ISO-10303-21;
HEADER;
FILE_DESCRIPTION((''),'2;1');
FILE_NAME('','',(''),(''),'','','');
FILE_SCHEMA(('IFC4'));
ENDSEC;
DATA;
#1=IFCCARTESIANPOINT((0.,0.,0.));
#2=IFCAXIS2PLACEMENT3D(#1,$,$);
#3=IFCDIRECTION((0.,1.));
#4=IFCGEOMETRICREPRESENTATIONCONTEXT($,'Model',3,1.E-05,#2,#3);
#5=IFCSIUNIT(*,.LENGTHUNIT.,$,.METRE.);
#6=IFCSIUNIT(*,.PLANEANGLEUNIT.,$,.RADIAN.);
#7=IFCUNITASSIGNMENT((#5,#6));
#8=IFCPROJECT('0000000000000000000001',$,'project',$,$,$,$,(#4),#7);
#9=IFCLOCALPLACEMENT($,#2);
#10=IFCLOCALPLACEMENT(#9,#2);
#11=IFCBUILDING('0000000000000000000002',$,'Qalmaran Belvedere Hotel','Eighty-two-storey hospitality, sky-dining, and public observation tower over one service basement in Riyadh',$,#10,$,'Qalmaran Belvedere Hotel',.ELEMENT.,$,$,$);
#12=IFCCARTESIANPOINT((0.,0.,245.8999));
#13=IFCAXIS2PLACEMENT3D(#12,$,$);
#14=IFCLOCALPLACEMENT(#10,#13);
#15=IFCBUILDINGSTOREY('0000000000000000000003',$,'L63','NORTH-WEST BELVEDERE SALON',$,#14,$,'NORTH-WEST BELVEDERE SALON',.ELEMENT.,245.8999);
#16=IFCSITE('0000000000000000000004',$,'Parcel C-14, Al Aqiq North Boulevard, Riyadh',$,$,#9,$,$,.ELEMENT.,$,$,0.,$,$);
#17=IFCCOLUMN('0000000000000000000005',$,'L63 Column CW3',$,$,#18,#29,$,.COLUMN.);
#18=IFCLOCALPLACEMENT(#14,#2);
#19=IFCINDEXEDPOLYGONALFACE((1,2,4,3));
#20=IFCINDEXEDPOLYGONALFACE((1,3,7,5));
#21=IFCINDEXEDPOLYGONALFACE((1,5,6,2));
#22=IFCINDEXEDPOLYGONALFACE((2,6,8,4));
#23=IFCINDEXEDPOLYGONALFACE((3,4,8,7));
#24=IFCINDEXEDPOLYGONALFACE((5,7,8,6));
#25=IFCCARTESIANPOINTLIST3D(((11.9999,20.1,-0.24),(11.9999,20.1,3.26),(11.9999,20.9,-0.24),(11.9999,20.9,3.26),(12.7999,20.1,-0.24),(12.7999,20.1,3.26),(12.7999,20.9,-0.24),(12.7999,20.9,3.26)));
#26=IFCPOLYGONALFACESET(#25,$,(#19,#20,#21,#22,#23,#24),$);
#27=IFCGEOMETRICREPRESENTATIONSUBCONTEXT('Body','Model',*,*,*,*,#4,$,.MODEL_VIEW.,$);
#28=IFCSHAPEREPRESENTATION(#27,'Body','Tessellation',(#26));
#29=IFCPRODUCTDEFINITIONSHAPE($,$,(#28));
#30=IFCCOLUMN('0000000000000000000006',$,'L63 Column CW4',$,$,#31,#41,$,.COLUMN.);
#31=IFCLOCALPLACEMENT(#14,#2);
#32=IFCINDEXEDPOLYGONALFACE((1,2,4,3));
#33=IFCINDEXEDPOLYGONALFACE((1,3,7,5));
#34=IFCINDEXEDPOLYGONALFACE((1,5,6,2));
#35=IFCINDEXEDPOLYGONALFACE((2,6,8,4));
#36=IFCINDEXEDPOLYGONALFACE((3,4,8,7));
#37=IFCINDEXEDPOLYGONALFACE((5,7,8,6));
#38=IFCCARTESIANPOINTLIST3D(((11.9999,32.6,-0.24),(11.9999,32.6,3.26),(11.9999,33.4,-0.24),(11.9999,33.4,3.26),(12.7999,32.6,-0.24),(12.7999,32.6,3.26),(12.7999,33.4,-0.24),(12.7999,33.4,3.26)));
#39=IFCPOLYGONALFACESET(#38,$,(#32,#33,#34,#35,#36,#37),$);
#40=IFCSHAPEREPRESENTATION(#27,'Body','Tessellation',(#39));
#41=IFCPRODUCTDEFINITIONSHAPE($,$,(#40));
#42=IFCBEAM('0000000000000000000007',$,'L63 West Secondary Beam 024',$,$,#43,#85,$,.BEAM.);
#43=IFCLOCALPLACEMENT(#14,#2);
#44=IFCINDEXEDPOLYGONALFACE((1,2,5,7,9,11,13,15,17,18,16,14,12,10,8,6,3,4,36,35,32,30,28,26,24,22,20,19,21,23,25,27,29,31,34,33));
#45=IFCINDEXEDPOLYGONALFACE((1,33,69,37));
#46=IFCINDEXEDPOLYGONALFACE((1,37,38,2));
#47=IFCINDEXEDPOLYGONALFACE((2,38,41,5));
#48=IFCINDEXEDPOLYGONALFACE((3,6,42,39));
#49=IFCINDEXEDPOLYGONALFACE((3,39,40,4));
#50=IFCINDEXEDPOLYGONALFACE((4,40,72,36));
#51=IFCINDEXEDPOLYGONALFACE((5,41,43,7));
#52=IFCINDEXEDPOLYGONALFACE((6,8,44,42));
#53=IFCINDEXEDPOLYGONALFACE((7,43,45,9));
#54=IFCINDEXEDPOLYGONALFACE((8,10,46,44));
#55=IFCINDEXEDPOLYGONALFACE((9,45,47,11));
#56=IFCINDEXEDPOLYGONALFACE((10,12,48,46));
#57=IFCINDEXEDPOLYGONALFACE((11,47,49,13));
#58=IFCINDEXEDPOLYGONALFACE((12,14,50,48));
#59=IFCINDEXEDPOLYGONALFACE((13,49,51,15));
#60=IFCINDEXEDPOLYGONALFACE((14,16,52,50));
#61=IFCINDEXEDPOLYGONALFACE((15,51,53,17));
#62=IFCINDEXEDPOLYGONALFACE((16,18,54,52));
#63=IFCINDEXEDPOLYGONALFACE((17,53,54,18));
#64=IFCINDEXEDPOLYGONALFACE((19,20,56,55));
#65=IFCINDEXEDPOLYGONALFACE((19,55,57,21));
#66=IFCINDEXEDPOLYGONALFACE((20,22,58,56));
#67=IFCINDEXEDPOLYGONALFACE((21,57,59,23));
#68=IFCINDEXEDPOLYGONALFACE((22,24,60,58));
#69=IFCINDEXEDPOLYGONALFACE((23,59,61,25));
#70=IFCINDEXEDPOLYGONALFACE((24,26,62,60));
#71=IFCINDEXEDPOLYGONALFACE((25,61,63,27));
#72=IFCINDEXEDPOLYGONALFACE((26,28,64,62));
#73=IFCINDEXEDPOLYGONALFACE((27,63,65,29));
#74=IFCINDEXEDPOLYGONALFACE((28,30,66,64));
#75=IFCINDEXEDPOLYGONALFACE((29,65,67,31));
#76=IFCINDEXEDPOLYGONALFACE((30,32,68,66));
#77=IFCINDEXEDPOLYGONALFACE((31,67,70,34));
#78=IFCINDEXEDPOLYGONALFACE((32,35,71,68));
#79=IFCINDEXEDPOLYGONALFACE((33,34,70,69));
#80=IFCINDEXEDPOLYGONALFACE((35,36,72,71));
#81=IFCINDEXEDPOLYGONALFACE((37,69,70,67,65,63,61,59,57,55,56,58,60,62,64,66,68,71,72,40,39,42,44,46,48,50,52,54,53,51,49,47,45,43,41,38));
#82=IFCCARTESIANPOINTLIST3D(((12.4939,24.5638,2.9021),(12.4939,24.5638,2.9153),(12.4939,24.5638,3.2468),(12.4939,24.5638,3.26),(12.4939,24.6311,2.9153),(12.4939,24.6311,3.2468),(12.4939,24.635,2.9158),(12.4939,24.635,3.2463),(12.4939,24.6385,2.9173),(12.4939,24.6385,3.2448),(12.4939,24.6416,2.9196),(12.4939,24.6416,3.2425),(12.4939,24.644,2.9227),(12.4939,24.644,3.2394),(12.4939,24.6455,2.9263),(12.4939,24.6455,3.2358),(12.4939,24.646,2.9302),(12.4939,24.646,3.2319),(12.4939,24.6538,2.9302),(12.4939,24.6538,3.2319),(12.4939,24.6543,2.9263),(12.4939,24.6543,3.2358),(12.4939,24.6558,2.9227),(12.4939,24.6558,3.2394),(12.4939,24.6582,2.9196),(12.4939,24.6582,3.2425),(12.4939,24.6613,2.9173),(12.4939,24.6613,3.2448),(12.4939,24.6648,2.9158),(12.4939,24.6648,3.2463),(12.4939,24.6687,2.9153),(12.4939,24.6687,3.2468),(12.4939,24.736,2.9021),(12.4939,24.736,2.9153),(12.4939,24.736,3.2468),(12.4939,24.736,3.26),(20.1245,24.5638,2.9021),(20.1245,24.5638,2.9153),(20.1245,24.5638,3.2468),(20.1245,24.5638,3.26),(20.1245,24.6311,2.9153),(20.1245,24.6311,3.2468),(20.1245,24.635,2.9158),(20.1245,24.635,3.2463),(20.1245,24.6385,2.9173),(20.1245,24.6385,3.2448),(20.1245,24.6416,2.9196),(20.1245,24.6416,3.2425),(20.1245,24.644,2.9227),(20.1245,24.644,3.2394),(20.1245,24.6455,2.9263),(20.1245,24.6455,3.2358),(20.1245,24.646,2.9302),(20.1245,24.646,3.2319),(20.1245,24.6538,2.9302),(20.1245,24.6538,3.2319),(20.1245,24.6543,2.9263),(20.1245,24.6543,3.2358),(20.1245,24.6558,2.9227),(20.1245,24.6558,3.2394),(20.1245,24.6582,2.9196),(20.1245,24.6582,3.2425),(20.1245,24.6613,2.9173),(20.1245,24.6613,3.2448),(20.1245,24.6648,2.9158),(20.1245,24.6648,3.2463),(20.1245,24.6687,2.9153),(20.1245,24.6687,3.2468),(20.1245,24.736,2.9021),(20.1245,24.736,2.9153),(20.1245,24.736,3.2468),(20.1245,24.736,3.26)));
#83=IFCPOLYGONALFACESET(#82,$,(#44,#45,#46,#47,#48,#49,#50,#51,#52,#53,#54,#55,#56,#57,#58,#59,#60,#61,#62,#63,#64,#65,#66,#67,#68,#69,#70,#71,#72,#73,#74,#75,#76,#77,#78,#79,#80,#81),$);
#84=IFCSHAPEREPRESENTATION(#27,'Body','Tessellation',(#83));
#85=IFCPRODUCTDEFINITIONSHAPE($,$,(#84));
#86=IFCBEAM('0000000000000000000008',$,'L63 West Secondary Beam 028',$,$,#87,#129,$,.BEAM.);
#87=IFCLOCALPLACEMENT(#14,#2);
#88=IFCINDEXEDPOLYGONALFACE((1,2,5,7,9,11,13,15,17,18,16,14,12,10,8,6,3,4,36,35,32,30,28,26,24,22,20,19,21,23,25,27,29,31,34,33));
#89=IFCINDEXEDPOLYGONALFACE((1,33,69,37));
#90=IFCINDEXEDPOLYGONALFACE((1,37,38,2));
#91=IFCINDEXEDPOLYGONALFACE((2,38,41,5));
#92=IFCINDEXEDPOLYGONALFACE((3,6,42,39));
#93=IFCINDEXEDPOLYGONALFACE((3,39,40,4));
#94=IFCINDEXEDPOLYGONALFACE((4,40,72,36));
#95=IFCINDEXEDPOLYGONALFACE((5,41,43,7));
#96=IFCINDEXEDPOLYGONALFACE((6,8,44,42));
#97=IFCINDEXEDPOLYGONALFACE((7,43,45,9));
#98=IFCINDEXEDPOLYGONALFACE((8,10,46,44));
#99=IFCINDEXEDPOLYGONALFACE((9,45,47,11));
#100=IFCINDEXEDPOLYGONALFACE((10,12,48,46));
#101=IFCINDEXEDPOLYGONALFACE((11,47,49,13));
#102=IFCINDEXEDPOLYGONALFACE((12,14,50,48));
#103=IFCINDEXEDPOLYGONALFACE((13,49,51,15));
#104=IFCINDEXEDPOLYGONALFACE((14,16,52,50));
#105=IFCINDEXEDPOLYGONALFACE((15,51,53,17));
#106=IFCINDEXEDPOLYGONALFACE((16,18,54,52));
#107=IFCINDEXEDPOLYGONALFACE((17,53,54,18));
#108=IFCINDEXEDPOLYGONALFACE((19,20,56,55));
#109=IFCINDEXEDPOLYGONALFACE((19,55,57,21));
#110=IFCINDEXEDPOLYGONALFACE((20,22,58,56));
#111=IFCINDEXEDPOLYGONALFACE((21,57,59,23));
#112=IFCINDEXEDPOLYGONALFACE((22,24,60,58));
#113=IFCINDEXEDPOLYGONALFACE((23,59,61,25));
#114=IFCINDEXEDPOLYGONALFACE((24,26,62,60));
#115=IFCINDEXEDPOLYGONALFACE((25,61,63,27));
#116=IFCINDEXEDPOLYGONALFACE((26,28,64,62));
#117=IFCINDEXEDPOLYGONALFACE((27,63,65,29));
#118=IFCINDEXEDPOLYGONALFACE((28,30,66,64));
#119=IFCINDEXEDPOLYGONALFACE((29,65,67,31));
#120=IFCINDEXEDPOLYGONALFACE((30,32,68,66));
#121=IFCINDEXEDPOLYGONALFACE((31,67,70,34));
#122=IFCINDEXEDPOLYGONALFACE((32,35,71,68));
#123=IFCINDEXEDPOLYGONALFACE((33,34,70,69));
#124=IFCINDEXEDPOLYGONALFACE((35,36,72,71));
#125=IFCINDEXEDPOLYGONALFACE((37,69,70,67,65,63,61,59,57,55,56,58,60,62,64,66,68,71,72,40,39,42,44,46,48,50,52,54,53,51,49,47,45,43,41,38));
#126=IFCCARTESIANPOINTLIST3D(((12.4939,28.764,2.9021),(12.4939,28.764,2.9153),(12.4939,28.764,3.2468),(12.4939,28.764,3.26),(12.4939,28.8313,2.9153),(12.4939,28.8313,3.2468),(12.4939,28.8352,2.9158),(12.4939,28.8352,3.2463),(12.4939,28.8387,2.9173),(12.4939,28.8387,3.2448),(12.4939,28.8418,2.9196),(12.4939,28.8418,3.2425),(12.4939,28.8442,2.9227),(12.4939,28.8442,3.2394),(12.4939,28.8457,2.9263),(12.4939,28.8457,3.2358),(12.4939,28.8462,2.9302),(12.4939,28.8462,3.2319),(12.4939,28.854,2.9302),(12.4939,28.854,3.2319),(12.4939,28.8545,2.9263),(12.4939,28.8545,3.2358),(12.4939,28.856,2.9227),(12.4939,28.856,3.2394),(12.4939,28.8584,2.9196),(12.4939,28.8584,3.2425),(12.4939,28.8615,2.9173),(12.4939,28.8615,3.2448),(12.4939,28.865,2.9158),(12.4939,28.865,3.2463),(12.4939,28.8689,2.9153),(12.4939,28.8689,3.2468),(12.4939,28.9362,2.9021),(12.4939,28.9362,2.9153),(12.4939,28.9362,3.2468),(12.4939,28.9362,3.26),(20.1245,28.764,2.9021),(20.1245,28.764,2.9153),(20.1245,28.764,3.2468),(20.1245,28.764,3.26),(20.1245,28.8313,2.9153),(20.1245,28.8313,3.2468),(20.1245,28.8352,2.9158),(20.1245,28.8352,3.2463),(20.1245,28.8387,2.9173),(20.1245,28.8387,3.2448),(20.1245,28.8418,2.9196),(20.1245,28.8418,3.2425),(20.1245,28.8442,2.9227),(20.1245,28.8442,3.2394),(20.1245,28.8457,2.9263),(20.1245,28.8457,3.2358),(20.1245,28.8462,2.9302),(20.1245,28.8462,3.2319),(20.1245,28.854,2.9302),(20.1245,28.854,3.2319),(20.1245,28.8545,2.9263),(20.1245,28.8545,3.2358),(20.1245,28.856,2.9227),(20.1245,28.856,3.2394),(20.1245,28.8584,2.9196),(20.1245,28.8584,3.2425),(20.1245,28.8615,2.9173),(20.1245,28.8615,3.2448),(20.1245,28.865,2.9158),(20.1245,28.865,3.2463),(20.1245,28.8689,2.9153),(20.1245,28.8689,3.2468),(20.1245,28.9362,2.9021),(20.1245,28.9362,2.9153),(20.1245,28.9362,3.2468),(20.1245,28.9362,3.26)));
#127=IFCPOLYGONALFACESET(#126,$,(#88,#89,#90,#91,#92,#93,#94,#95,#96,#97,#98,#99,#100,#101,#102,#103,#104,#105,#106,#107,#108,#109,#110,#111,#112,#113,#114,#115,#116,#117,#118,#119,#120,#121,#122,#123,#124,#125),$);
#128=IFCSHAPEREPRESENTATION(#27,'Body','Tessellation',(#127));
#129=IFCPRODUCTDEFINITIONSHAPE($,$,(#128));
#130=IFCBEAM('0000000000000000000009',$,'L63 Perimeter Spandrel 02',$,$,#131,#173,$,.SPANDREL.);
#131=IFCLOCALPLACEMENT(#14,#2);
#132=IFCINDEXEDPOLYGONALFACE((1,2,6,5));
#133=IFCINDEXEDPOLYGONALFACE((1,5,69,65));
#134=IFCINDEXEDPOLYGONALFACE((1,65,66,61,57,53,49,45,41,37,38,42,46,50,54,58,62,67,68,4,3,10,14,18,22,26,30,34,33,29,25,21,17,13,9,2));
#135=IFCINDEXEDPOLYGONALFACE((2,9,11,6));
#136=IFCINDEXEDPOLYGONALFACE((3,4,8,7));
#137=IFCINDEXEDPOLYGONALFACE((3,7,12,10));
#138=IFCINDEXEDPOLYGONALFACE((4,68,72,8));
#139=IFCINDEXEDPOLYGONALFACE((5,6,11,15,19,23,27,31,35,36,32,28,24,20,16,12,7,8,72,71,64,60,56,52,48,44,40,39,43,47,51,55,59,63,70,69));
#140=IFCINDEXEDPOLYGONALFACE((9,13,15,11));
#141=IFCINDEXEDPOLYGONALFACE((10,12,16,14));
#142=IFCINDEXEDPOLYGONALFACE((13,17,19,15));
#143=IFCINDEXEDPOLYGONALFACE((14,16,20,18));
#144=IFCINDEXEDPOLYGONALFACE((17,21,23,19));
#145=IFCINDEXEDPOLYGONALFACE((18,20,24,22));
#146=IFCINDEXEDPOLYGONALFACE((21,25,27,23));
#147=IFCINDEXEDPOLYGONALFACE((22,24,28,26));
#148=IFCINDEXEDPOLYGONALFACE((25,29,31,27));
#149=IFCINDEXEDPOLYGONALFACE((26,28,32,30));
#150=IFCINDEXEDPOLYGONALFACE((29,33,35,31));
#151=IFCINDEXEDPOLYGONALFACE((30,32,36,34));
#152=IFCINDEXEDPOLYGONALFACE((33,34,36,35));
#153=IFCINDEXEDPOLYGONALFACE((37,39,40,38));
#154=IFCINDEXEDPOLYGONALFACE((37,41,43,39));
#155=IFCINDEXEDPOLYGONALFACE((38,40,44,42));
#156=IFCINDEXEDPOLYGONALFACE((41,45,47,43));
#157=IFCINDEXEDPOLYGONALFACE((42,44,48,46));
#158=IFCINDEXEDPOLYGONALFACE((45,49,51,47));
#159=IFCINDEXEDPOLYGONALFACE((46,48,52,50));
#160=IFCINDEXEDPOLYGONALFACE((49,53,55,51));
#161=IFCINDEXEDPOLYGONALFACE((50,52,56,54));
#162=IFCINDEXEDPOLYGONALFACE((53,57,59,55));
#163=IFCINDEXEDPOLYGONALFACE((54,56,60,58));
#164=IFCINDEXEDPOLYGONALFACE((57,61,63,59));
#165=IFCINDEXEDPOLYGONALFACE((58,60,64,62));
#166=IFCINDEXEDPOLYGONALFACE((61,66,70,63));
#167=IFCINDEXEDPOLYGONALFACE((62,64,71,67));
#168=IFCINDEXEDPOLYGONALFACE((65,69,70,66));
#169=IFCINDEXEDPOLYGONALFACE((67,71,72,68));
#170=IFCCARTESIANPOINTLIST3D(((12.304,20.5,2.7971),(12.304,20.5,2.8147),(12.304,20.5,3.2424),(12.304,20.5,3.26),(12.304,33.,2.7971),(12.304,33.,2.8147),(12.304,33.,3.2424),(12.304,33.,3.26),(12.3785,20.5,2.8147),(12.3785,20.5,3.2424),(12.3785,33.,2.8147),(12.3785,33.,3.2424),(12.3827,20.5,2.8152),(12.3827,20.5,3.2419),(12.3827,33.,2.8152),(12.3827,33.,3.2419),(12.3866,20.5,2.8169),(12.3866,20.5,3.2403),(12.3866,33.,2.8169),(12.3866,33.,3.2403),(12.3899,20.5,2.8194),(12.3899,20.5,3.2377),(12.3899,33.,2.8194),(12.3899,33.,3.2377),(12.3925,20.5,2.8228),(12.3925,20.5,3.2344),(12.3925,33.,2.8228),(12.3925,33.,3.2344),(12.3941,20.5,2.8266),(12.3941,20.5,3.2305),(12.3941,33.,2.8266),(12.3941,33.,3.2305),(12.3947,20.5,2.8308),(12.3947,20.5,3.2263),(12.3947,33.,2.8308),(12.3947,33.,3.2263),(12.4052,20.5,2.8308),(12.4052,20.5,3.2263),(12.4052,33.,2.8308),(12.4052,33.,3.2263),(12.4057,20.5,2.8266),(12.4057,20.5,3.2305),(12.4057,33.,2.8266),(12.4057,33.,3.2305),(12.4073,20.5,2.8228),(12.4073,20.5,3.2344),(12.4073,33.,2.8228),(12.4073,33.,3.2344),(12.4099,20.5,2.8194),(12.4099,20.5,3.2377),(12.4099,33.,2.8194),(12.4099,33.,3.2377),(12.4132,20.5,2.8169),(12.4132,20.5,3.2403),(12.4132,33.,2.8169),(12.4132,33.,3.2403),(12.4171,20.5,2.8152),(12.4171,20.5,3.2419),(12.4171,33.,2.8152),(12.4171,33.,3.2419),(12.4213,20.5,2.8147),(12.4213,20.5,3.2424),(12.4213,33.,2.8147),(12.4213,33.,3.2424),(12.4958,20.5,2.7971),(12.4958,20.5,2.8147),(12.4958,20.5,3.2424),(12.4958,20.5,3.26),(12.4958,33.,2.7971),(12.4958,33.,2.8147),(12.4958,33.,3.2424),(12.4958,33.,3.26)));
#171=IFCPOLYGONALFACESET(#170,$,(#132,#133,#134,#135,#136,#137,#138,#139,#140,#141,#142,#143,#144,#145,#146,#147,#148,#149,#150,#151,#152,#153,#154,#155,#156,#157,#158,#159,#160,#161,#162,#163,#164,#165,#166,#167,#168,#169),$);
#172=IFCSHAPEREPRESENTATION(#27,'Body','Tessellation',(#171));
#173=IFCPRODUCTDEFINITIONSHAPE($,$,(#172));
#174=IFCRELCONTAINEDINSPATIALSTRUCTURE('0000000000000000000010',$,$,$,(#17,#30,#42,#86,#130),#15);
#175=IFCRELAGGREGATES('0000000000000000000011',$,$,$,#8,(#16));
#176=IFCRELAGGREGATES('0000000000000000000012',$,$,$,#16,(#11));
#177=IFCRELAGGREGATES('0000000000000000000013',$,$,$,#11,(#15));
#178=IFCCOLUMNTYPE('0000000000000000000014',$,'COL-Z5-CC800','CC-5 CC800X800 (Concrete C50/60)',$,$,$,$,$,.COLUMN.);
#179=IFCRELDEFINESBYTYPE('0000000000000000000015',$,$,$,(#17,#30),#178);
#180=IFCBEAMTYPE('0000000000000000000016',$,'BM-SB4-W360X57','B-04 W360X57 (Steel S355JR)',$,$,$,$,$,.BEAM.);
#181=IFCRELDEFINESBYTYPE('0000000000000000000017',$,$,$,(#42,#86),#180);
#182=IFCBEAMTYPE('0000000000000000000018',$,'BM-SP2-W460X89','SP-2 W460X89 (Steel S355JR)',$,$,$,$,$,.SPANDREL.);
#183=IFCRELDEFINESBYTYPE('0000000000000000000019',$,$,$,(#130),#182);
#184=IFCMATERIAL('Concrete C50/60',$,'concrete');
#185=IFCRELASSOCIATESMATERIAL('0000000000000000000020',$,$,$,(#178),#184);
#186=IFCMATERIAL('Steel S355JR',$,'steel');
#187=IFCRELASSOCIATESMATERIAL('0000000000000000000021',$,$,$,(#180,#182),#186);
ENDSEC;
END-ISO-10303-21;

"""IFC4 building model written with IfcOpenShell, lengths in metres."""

from ifc_helpers import new_model, si_unit, direction, frame, origin, origin_2d, place, context, subcontext, project, spatial, rectangle, i_section, extrude, material, material_profile, profile_set, type_object, element, save


model = new_model("IFC4")

# Units and contexts
model_context = context("Model", 3, precision=1e-05, world=origin(), true_north=direction((0.0, 1.0)))
body_context = subcontext(model_context, "Body", "Model", "MODEL_VIEW")
ifc_project = project(units=[si_unit("LENGTHUNIT", "METRE"), si_unit("PLANEANGLEUNIT", "RADIAN")], contexts=[model_context])

# Site, building, storey
site_placement = place(None, origin())
site = spatial("IfcSite", under=ifc_project, at=site_placement, Name="Parcel C-14, Al Aqiq North Boulevard, Riyadh", CompositionType="ELEMENT", RefElevation=0.0)
building_placement = place(site_placement, origin())
building = spatial("IfcBuilding", under=site, at=building_placement, Name="Qalmaran Belvedere Hotel", Description="Eighty-two-storey hospitality, sky-dining, and public observation tower over one service basement in Riyadh", LongName="Qalmaran Belvedere Hotel", CompositionType="ELEMENT")
storey_placement = place(building_placement, frame((0.0, 0.0, 245.8999)))
storey = spatial("IfcBuildingStorey", under=building, at=storey_placement, Name="L63", Description="NORTH-WEST BELVEDERE SALON", LongName="NORTH-WEST BELVEDERE SALON", CompositionType="ELEMENT", Elevation=245.8999)

# Columns
ifc_material_1 = material(Name="Concrete C50/60", Category="concrete")
ifc_material_profile_1 = material_profile(ifc_material_1, rectangle(XDim=0.8, YDim=0.8, at=origin_2d()), Name="CC800X800")
ifc_profile_set_1 = profile_set([ifc_material_profile_1], Name="Concrete C50/60")
column_type = type_object("IfcColumnType", Name="COL-Z5-CC800", Description="CC-5 CC800X800 (Concrete C50/60)", PredefinedType="COLUMN", material=ifc_profile_set_1)
for number, where, z_axis, x_axis, name in (
    (1, (12.3999, 20.5, -0.24), (0.0, 0.0, 1.0), (1.0, 0.0, 0.0), "L63 Column CW3"),
    (2, (12.3999, 33.0, -0.24), (0.0, 0.0, 1.0), (1.0, 0.0, 0.0), "L63 Column CW4"),
):
    element("IfcColumn", number, at=place(storey_placement, frame(where, z_axis=z_axis, x_axis=x_axis)), inside=storey, type_object=column_type, Name=name, PredefinedType="COLUMN", context=body_context, shape_type="SweptSolid", body=[
        extrude(rectangle(XDim=0.8, YDim=0.8, at=origin_2d()), origin(), (0.0, 0.0, 1.0), 3.5),
    ])

# Beams
ifc_material_2 = material(Name="Steel S355JR", Category="steel")
ifc_material_profile_2 = material_profile(ifc_material_2, i_section(OverallWidth=0.1721, OverallDepth=0.3579, WebThickness=0.0078, FlangeThickness=0.0132, FilletRadius=0.0149, at=origin_2d()), Name="W360X57")
ifc_profile_set_2 = profile_set([ifc_material_profile_2], Name="Steel S355JR")
beam_type_1 = type_object("IfcBeamType", Name="BM-SB4-W360X57", Description="B-04 W360X57 (Steel S355JR)", PredefinedType="BEAM", material=ifc_profile_set_2)
for number, where, z_axis, x_axis, name in (
    (3, (12.4939, 24.6499, 3.0811), (1.0, 0.0, 0.0), (0.0, 1.0, 0.0), "L63 West Secondary Beam 024"),
    (4, (12.4939, 28.8501, 3.0811), (1.0, 0.0, 0.0), (0.0, 1.0, 0.0), "L63 West Secondary Beam 028"),
):
    element("IfcBeam", number, at=place(storey_placement, frame(where, z_axis=z_axis, x_axis=x_axis)), inside=storey, type_object=beam_type_1, Name=name, PredefinedType="BEAM", context=body_context, shape_type="SweptSolid", body=[
        extrude(i_section(OverallWidth=0.1721, OverallDepth=0.3579, WebThickness=0.0078, FlangeThickness=0.0132, FilletRadius=0.0149, at=origin_2d()), origin(), (0.0, 0.0, 1.0), 7.6306),
    ])
ifc_material_profile_3 = material_profile(ifc_material_2, i_section(OverallWidth=0.1919, OverallDepth=0.4629, WebThickness=0.0105, FlangeThickness=0.0176, FilletRadius=0.0161, at=origin_2d()), Name="W460X89")
ifc_profile_set_3 = profile_set([ifc_material_profile_3], Name="Steel S355JR")
beam_type_2 = type_object("IfcBeamType", Name="BM-SP2-W460X89", Description="SP-2 W460X89 (Steel S355JR)", PredefinedType="SPANDREL", material=ifc_profile_set_3)
beam_placement = place(storey_placement, frame((12.3999, 20.5, 3.0286), z_axis=(0.0, 1.0, 0.0), x_axis=(-1.0, 0.0, 0.0)))
element("IfcBeam", 5, at=beam_placement, inside=storey, type_object=beam_type_2, Name="L63 Perimeter Spandrel 02", PredefinedType="SPANDREL", context=body_context, shape_type="SweptSolid", body=[
    extrude(i_section(OverallWidth=0.1919, OverallDepth=0.4629, WebThickness=0.0105, FlangeThickness=0.0176, FilletRadius=0.0161, at=origin_2d()), origin(), (0.0, 0.0, 1.0), 12.5),
])

save(model, "model.ifc")
